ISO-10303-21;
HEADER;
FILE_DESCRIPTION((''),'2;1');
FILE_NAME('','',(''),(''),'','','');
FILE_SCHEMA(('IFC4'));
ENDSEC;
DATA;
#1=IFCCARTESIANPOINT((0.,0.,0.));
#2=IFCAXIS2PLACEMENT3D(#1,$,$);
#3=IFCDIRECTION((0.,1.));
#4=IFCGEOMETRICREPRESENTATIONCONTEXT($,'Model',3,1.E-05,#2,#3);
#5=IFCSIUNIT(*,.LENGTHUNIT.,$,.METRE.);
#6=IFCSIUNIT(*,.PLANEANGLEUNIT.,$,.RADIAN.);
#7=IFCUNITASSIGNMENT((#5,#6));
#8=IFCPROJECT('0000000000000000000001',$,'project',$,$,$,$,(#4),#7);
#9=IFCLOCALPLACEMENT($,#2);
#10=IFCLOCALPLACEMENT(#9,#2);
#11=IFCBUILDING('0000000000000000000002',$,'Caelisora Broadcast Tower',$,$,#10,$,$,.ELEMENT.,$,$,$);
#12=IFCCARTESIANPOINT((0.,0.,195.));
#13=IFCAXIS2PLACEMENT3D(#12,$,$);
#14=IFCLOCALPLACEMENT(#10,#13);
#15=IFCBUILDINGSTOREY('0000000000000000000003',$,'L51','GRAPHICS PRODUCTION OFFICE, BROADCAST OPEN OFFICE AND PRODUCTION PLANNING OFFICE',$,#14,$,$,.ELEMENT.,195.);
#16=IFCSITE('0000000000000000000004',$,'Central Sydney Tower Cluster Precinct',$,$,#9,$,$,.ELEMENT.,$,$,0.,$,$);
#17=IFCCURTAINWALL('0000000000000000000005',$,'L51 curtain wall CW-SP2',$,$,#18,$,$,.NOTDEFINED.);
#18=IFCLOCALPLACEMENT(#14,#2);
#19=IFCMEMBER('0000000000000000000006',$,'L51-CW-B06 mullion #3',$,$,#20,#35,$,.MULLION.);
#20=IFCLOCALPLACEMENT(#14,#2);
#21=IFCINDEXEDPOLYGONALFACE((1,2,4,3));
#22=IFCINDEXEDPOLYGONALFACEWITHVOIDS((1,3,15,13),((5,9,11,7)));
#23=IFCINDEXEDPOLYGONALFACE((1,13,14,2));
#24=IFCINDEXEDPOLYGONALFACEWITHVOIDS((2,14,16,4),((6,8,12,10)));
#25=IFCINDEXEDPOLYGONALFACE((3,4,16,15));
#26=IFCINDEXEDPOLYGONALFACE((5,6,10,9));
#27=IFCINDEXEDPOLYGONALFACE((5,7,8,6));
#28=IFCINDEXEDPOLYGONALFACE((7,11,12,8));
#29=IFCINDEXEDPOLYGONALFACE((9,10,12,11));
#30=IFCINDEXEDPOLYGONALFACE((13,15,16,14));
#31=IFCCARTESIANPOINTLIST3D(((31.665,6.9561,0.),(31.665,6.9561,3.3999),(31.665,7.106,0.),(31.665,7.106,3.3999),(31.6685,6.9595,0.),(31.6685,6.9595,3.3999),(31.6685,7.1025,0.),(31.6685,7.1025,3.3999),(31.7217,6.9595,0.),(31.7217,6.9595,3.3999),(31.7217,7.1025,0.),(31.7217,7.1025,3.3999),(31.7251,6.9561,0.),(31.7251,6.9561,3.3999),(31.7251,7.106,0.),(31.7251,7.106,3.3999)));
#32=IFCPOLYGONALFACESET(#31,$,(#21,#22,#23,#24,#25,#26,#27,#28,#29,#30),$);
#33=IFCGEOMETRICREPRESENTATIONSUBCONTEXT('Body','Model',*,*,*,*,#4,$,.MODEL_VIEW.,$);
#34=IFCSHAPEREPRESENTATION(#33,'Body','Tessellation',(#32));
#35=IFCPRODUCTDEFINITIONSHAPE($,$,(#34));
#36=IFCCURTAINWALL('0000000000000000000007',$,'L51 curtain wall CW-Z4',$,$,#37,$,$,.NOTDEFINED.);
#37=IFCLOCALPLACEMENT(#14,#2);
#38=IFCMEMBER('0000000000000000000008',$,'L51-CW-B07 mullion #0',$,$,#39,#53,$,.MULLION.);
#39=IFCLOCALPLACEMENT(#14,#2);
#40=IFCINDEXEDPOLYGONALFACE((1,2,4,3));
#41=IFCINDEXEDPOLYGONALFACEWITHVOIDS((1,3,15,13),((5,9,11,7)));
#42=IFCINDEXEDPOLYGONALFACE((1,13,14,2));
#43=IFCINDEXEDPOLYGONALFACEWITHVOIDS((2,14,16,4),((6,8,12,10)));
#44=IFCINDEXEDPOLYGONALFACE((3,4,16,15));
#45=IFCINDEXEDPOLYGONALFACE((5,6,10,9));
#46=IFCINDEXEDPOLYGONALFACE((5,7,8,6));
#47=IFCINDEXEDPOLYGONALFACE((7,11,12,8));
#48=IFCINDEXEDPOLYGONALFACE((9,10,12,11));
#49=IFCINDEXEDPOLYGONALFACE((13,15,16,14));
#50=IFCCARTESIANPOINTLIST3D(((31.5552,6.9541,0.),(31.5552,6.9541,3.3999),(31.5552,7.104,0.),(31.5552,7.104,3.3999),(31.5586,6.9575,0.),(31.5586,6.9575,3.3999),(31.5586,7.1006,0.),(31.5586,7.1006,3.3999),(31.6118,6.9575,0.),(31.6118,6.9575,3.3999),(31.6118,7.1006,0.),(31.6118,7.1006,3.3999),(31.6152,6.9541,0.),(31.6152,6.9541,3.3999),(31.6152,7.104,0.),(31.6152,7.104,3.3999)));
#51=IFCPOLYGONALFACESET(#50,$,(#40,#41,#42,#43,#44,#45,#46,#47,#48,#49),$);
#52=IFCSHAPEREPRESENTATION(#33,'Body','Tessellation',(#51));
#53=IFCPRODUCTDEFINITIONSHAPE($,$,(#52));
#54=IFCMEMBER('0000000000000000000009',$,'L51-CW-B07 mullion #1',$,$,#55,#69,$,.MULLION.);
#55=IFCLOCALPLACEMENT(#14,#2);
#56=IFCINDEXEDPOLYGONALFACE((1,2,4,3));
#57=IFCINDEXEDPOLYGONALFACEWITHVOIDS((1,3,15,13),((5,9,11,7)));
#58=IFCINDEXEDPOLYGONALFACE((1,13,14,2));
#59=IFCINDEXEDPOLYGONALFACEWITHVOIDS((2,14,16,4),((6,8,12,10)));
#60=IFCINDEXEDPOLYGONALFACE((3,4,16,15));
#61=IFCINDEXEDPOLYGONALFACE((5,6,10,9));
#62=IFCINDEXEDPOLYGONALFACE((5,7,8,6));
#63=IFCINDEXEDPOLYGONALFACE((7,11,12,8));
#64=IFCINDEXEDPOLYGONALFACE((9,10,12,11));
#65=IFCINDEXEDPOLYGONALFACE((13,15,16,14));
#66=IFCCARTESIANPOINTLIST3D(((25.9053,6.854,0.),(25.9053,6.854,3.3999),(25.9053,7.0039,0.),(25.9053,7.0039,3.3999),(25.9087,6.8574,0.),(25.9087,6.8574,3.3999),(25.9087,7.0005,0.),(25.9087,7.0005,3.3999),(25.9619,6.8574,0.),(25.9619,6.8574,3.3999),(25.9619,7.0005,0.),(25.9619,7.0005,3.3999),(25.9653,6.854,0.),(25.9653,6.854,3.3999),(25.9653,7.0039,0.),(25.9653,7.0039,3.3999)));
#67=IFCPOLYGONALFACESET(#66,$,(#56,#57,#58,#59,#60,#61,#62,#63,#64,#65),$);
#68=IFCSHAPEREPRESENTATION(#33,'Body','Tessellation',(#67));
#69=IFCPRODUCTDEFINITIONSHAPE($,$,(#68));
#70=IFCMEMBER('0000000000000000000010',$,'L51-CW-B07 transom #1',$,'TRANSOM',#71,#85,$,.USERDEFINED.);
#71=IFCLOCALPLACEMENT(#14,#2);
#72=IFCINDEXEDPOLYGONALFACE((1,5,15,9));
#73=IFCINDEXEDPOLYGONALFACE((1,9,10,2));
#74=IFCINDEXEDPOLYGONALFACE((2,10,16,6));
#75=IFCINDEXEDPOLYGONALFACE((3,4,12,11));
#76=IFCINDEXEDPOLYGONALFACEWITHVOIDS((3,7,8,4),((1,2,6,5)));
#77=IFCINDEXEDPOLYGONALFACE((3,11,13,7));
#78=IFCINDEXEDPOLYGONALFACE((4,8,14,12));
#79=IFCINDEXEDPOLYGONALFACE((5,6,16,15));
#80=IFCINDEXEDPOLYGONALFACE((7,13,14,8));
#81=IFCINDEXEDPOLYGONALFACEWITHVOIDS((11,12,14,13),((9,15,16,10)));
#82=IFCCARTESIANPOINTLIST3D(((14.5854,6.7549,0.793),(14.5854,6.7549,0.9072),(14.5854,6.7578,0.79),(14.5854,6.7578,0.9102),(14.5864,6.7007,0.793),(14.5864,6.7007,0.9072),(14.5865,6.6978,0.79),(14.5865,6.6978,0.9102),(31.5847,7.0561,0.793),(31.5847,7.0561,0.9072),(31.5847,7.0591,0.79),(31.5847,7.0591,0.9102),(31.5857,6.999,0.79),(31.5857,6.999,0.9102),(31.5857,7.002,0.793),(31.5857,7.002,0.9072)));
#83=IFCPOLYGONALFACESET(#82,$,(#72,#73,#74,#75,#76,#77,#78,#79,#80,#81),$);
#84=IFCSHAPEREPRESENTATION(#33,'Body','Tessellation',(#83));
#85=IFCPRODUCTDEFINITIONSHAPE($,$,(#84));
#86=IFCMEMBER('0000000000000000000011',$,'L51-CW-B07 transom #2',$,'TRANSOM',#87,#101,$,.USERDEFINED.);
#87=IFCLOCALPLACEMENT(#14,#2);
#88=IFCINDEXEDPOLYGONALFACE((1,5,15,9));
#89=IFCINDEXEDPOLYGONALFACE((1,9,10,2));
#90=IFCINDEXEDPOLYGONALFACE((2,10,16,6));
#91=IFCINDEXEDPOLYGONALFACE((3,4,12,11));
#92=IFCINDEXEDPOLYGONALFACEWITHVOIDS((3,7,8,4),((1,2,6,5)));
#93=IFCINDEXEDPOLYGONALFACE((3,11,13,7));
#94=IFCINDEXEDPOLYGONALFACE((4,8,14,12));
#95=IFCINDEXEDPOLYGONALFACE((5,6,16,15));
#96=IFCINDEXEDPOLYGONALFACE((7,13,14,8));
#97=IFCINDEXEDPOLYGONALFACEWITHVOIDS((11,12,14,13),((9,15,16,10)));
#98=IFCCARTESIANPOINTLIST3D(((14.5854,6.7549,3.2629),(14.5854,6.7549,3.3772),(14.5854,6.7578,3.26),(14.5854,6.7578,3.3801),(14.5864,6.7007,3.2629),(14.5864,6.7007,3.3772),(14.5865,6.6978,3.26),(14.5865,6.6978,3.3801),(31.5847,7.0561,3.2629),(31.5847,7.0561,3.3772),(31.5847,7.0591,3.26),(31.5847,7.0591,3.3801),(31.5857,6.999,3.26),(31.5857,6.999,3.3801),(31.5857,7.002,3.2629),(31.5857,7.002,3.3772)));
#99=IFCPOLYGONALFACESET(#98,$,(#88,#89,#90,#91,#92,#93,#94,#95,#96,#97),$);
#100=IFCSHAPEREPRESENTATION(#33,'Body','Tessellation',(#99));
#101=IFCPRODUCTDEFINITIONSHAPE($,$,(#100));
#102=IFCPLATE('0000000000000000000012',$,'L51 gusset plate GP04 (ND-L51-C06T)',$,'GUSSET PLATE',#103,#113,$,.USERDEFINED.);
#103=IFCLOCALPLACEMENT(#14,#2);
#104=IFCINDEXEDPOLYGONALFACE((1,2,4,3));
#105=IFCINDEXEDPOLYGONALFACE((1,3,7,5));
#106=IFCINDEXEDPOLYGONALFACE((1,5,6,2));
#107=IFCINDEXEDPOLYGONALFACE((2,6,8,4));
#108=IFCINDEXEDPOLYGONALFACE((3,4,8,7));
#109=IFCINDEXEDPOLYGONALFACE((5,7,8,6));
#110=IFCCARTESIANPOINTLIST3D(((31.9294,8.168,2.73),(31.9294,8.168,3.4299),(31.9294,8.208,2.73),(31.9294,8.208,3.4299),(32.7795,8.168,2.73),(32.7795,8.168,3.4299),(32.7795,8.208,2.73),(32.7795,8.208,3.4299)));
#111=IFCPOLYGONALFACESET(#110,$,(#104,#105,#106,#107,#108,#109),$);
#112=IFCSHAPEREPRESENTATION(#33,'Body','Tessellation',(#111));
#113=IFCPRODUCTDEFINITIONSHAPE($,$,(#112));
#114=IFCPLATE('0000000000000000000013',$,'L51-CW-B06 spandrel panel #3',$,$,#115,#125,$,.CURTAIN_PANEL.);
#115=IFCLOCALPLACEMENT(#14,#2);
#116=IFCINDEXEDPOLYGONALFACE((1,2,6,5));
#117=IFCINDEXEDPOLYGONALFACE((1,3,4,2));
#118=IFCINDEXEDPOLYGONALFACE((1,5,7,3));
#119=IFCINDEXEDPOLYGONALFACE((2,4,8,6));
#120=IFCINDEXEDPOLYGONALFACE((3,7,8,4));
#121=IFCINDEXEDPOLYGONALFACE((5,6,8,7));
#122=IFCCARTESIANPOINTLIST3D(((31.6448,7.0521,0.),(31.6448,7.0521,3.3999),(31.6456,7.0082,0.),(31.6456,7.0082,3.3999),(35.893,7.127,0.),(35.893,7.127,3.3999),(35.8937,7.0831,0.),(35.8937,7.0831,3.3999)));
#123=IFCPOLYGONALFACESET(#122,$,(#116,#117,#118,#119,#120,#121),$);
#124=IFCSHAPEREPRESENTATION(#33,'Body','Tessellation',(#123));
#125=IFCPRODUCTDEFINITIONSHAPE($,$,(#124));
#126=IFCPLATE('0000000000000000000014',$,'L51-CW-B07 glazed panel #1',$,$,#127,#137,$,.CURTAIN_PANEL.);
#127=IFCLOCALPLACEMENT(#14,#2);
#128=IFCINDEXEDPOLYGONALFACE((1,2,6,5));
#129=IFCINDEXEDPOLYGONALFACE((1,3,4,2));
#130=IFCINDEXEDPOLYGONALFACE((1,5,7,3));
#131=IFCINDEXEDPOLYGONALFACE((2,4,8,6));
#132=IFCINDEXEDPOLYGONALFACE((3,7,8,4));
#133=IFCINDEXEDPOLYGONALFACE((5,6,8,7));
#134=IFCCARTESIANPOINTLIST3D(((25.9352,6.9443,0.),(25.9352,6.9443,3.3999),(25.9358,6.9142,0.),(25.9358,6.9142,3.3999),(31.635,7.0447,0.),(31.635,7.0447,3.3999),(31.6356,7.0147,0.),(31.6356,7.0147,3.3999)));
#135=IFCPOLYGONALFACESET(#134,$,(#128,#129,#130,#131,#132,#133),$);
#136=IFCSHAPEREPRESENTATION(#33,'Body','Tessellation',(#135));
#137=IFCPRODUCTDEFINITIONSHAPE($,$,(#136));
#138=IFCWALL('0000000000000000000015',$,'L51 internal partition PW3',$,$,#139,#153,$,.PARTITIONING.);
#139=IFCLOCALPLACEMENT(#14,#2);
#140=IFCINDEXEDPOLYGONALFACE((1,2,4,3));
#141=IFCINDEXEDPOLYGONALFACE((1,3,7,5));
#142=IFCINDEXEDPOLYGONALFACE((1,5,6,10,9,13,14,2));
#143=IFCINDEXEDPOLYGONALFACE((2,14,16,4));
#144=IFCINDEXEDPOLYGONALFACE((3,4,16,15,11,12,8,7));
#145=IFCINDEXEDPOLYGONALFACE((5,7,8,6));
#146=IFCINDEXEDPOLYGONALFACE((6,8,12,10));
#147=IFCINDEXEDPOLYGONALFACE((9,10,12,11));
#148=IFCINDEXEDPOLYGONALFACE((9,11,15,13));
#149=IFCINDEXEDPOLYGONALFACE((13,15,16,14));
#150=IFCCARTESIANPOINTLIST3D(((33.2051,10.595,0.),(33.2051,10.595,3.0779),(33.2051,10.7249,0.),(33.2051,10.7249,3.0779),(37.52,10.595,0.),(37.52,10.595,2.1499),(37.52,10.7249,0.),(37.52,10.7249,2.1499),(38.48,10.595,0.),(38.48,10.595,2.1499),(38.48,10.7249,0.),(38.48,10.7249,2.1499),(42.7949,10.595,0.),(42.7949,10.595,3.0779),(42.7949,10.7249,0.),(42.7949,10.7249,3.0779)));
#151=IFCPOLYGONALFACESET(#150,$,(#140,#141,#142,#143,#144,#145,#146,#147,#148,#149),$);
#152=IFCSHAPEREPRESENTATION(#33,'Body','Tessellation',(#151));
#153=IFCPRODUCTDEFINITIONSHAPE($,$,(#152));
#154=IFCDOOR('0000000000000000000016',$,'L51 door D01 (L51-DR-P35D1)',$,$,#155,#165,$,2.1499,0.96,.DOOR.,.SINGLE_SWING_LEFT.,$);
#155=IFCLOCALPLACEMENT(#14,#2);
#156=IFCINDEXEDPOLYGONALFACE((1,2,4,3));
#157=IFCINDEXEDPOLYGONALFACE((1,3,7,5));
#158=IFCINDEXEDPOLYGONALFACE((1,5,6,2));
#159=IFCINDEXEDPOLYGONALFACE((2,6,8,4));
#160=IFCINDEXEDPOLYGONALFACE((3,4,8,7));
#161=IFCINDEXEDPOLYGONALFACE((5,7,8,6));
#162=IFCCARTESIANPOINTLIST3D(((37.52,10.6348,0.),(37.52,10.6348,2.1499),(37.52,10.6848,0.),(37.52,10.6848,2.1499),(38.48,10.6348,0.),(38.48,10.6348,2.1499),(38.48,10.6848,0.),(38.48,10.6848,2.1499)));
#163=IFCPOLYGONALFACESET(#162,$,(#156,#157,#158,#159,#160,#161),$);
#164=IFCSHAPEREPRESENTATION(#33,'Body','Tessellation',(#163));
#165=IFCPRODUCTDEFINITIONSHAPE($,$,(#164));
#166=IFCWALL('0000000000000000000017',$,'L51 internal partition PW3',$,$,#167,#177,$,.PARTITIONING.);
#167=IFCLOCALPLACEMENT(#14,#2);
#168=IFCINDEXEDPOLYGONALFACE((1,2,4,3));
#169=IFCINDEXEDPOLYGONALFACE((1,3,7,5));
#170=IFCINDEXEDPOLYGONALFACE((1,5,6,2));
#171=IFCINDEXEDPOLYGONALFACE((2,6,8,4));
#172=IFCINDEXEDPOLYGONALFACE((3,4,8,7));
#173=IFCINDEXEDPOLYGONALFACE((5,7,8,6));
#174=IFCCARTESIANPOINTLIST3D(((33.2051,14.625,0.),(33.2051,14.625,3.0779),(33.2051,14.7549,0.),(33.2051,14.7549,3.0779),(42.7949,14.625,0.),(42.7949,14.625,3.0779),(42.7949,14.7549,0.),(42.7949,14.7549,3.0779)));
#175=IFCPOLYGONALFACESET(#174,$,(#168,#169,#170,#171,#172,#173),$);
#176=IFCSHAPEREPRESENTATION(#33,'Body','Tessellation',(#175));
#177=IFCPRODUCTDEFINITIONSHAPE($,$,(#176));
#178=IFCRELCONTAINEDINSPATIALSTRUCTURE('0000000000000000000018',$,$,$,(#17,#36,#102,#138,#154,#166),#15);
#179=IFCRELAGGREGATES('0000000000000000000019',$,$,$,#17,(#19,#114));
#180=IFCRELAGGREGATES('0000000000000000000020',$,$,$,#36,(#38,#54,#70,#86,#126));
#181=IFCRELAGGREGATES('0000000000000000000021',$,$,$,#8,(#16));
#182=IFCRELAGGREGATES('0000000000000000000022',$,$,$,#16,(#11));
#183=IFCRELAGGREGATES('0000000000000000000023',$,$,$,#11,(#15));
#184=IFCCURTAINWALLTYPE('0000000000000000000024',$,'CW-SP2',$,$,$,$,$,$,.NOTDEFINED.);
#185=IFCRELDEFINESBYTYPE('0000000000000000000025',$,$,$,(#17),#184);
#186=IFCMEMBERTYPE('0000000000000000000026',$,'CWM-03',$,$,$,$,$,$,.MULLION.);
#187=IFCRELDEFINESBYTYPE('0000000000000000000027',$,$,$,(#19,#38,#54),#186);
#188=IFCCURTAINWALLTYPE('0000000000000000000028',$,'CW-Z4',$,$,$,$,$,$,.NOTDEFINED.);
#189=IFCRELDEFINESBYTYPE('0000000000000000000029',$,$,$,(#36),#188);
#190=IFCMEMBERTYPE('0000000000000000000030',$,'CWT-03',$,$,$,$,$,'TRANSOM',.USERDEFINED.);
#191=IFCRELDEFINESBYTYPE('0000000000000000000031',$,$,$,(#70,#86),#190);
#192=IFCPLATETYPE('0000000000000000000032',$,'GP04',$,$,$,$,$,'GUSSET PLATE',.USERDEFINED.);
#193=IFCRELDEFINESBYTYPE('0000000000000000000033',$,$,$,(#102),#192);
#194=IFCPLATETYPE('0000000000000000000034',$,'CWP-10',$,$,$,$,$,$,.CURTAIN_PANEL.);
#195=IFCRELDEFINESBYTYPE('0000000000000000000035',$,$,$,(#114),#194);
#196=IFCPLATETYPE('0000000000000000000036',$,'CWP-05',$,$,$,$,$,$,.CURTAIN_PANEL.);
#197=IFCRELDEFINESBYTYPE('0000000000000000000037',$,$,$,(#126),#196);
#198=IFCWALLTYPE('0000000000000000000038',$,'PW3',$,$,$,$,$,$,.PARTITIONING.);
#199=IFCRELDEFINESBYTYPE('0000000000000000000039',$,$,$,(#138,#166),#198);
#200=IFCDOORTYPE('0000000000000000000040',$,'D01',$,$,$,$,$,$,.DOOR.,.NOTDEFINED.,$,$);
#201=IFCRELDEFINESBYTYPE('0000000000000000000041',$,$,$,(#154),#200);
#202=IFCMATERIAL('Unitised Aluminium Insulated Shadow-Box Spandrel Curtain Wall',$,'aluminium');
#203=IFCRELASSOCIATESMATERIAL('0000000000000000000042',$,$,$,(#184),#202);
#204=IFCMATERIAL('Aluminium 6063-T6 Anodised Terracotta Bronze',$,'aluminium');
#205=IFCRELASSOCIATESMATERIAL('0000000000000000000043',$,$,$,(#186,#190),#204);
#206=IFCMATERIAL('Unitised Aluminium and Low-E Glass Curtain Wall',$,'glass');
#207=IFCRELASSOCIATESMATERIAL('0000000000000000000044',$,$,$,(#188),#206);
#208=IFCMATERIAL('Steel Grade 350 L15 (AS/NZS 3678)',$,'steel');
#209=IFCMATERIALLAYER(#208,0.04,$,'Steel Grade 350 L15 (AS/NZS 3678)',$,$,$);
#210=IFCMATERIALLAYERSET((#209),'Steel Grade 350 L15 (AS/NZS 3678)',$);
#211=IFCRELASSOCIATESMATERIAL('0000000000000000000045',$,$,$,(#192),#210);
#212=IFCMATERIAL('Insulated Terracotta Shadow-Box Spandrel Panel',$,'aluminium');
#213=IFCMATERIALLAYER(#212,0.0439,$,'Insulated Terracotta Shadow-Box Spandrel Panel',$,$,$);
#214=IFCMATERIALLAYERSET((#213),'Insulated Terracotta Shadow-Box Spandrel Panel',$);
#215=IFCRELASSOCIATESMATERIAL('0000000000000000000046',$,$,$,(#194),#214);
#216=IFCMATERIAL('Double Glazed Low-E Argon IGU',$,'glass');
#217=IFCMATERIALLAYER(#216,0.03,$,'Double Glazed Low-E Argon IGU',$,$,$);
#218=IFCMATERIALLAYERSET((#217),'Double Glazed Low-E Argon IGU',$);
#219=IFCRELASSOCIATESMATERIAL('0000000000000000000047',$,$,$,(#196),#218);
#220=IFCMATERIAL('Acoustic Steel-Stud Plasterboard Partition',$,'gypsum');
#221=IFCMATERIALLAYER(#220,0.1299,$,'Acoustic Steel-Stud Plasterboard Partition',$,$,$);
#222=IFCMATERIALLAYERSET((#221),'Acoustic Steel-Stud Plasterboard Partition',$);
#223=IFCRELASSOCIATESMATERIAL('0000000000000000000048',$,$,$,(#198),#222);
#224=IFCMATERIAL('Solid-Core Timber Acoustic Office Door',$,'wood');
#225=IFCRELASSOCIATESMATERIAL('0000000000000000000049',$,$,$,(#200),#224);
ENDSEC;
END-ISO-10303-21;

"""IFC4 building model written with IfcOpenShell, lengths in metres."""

from ifc_helpers import new_model, si_unit, direction, frame, frame_2d, origin, origin_2d, place, context, subcontext, project, spatial, rectangle, hollow_rectangle, extrude, source, transform, mapped, material, layer, layer_set, material_profile, profile_set, type_object, type_shapes, element, fill, aggregate, save


model = new_model("IFC4")

# Units and contexts
model_context = context("Model", 3, precision=1e-05, world=origin(), true_north=direction((0.0, 1.0)))
body_context = subcontext(model_context, "Body", "Model", "MODEL_VIEW")
ifc_project = project(units=[si_unit("LENGTHUNIT", "METRE"), si_unit("PLANEANGLEUNIT", "RADIAN")], contexts=[model_context])

# Site, building, storey
site_placement = place(None, origin())
site = spatial("IfcSite", under=ifc_project, at=site_placement, Name="Central Sydney Tower Cluster Precinct", CompositionType="ELEMENT", RefElevation=0.0)
building_placement = place(site_placement, origin())
building = spatial("IfcBuilding", under=site, at=building_placement, Name="Caelisora Broadcast Tower", CompositionType="ELEMENT")
storey_placement = place(building_placement, frame((0.0, 0.0, 195.0)))
storey = spatial("IfcBuildingStorey", under=building, at=storey_placement, Name="L51", Description="GRAPHICS PRODUCTION OFFICE, BROADCAST OPEN OFFICE AND PRODUCTION PLANNING OFFICE", CompositionType="ELEMENT", Elevation=195.0)

# Shared definitions
ifc_material_1 = material(Name="Steel Grade 350 L15 (AS/NZS 3678)", Category="steel")

# Curtain wall, member
ifc_material_2 = material(Name="Unitised Aluminium Insulated Shadow-Box Spandrel Curtain Wall", Category="aluminium")
curtain_wall_type_1 = type_object("IfcCurtainWallType", Name="CW-SP2", PredefinedType="NOTDEFINED", material=ifc_material_2)
curtain_wall_1_placement = place(storey_placement, origin())
curtain_wall_1 = element("IfcCurtainWall", 1, at=curtain_wall_1_placement, inside=storey, type_object=curtain_wall_type_1, Name="L51 curtain wall CW-SP2", PredefinedType="NOTDEFINED")
ifc_material_3 = material(Name="Aluminium 6063-T6 Anodised Terracotta Bronze", Category="aluminium")
ifc_material_profile_1 = material_profile(ifc_material_3, hollow_rectangle(XDim=0.0601, YDim=0.1499, WallThickness=0.0034, at=origin_2d()), Name="Aluminium 6063-T6 Anodised Terracotta Bronze")
ifc_profile_set_1 = profile_set([ifc_material_profile_1], Name="Aluminium 6063-T6 Anodised Terracotta Bronze")
member_type_1 = type_object("IfcMemberType", Name="CWM-03", PredefinedType="MULLION", material=ifc_profile_set_1)
shared_shape_1 = source(origin(), body_context, "Body", "SweptSolid", [
    extrude(hollow_rectangle(XDim=0.0601, YDim=0.1499, WallThickness=0.0034, at=origin_2d()), origin(), (0.0, 0.0, 1.0), 3.3999),
])
type_shapes(member_type_1, [shared_shape_1])
member_1_placement = place(storey_placement, frame((31.6951, 7.031, 0.0), z_axis=(0.0, 0.0, 1.0), x_axis=(1.0, 0.0, 0.0)))
member_1 = element("IfcMember", 2, at=member_1_placement, type_object=member_type_1, Name="L51-CW-B06 mullion #3", PredefinedType="MULLION", context=body_context, shape_type="MappedRepresentation", body=[
    mapped(shared_shape_1, transform((0.0, 0.0, 0.0), scale=1.0)),
])

# Curtain wall, members
ifc_material_4 = material(Name="Unitised Aluminium and Low-E Glass Curtain Wall", Category="glass")
curtain_wall_type_2 = type_object("IfcCurtainWallType", Name="CW-Z4", PredefinedType="NOTDEFINED", material=ifc_material_4)
curtain_wall_2_placement = place(storey_placement, origin())
curtain_wall_2 = element("IfcCurtainWall", 3, at=curtain_wall_2_placement, inside=storey, type_object=curtain_wall_type_2, Name="L51 curtain wall CW-Z4", PredefinedType="NOTDEFINED")
member_2_placement = place(storey_placement, frame((31.5852, 7.0291, 0.0), z_axis=(0.0, 0.0, 1.0), x_axis=(1.0, 0.0, 0.0)))
member_2 = element("IfcMember", 4, at=member_2_placement, type_object=member_type_1, Name="L51-CW-B07 mullion #0", PredefinedType="MULLION", context=body_context, shape_type="MappedRepresentation", body=[
    mapped(shared_shape_1, transform((0.0, 0.0, 0.0), scale=1.0)),
])
member_3_placement = place(storey_placement, frame((25.9353, 6.929, 0.0), z_axis=(0.0, 0.0, 1.0), x_axis=(1.0, 0.0, 0.0)))
member_3 = element("IfcMember", 5, at=member_3_placement, type_object=member_type_1, Name="L51-CW-B07 mullion #1", PredefinedType="MULLION", context=body_context, shape_type="MappedRepresentation", body=[
    mapped(shared_shape_1, transform((0.0, 0.0, 0.0), scale=1.0)),
])
ifc_material_profile_2 = material_profile(ifc_material_3, hollow_rectangle(XDim=0.0601, YDim=0.1201, WallThickness=0.0029, at=origin_2d()), Name="Aluminium 6063-T6 Anodised Terracotta Bronze")
ifc_profile_set_2 = profile_set([ifc_material_profile_2], Name="Aluminium 6063-T6 Anodised Terracotta Bronze")
member_type_2 = type_object("IfcMemberType", Name="CWT-03", ElementType="TRANSOM", PredefinedType="USERDEFINED", material=ifc_profile_set_2)
shared_shape_2 = source(origin(), body_context, "Body", "SweptSolid", [
    extrude(hollow_rectangle(XDim=0.0601, YDim=0.1201, WallThickness=0.0029, at=origin_2d()), origin(), (0.0, 0.0, 1.0), 17.002),
])
type_shapes(member_type_2, [shared_shape_2])
member_4_placement = place(storey_placement, frame((31.5852, 7.0291, 0.8501), z_axis=(-0.999843, -0.01772, 0.0), x_axis=(0.01772, -0.999843, 0.0)))
member_4 = element("IfcMember", 6, at=member_4_placement, type_object=member_type_2, Name="L51-CW-B07 transom #1", ObjectType="TRANSOM", PredefinedType="USERDEFINED", context=body_context, shape_type="MappedRepresentation", body=[
    mapped(shared_shape_2, transform((0.0, 0.0, 0.0), scale=1.0)),
])
member_5_placement = place(storey_placement, frame((31.5852, 7.0291, 3.3201), z_axis=(-0.999843, -0.01772, 0.0), x_axis=(0.01772, -0.999843, 0.0)))
member_5 = element("IfcMember", 7, at=member_5_placement, type_object=member_type_2, Name="L51-CW-B07 transom #2", ObjectType="TRANSOM", PredefinedType="USERDEFINED", context=body_context, shape_type="MappedRepresentation", body=[
    mapped(shared_shape_2, transform((0.0, 0.0, 0.0), scale=1.0)),
])

# Plates
ifc_layer_1 = layer(ifc_material_1, 0.04, Name="Steel Grade 350 L15 (AS/NZS 3678)")
ifc_layer_set_1 = layer_set([ifc_layer_1], Name="Steel Grade 350 L15 (AS/NZS 3678)")
plate_type_1 = type_object("IfcPlateType", Name="GP04", ElementType="GUSSET PLATE", PredefinedType="USERDEFINED", material=ifc_layer_set_1)
shared_shape_3 = source(origin(), body_context, "Body", "SweptSolid", [
    extrude(rectangle(XDim=0.8501, YDim=0.04, at=origin_2d()), origin(), (0.0, 0.0, 1.0), 0.7),
])
type_shapes(plate_type_1, [shared_shape_3])
plate_1_placement = place(storey_placement, frame((32.3545, 8.188, 2.73), z_axis=(0.0, 0.0, 1.0), x_axis=(1.0, 0.0, 0.0)))
element("IfcPlate", 8, at=plate_1_placement, inside=storey, type_object=plate_type_1, Name="L51 gusset plate GP04 (ND-L51-C06T)", ObjectType="GUSSET PLATE", PredefinedType="USERDEFINED", context=body_context, shape_type="MappedRepresentation", body=[
    mapped(shared_shape_3, transform((0.0, 0.0, 0.0), scale=1.0)),
])
ifc_material_5 = material(Name="Insulated Terracotta Shadow-Box Spandrel Panel", Category="aluminium")
ifc_layer_2 = layer(ifc_material_5, 0.0439, Name="Insulated Terracotta Shadow-Box Spandrel Panel")
ifc_layer_set_2 = layer_set([ifc_layer_2], Name="Insulated Terracotta Shadow-Box Spandrel Panel")
plate_type_2 = type_object("IfcPlateType", Name="CWP-10", PredefinedType="CURTAIN_PANEL", material=ifc_layer_set_2)
shared_shape_4 = source(origin(), body_context, "Body", "SweptSolid", [
    extrude(rectangle(XDim=4.2488, YDim=0.0439, at=origin_2d()), origin(), (0.0, 0.0, 1.0), 3.3999),
])
type_shapes(plate_type_2, [shared_shape_4])
plate_2_placement = place(storey_placement, frame((33.7693, 7.0676, 0.0), z_axis=(0.0, 0.0, 1.0), x_axis=(-0.999845, -0.017627, 0.0)))
plate_2 = element("IfcPlate", 9, at=plate_2_placement, type_object=plate_type_2, Name="L51-CW-B06 spandrel panel #3", PredefinedType="CURTAIN_PANEL", context=body_context, shape_type="MappedRepresentation", body=[
    mapped(shared_shape_4, transform((0.0, 0.0, 0.0), scale=1.0)),
])
aggregate(curtain_wall_1, [member_1, plate_2])
ifc_material_6 = material(Name="Double Glazed Low-E Argon IGU", Category="glass")
ifc_layer_3 = layer(ifc_material_6, 0.03, Name="Double Glazed Low-E Argon IGU")
ifc_layer_set_3 = layer_set([ifc_layer_3], Name="Double Glazed Low-E Argon IGU")
plate_type_3 = type_object("IfcPlateType", Name="CWP-05", PredefinedType="CURTAIN_PANEL", material=ifc_layer_set_3)
shared_shape_5 = source(origin(), body_context, "Body", "SweptSolid", [
    extrude(rectangle(XDim=5.7007, YDim=0.03, at=origin_2d()), origin(), (0.0, 0.0, 1.0), 3.3999),
])
type_shapes(plate_type_3, [shared_shape_5])
plate_3_placement = place(storey_placement, frame((28.7854, 6.9795, 0.0), z_axis=(0.0, 0.0, 1.0), x_axis=(-0.999845, -0.017627, 0.0)))
plate_3 = element("IfcPlate", 10, at=plate_3_placement, type_object=plate_type_3, Name="L51-CW-B07 glazed panel #1", PredefinedType="CURTAIN_PANEL", context=body_context, shape_type="MappedRepresentation", body=[
    mapped(shared_shape_5, transform((0.0, 0.0, 0.0), scale=1.0)),
])
aggregate(curtain_wall_2, [member_2, member_3, member_4, member_5, plate_3])

# Wall, opening, door
ifc_material_7 = material(Name="Acoustic Steel-Stud Plasterboard Partition", Category="gypsum")
ifc_layer_4 = layer(ifc_material_7, 0.1299, Name="Acoustic Steel-Stud Plasterboard Partition")
ifc_layer_set_4 = layer_set([ifc_layer_4], Name="Acoustic Steel-Stud Plasterboard Partition")
wall_type = type_object("IfcWallType", Name="PW3", PredefinedType="PARTITIONING", material=ifc_layer_set_4)
wall_1_placement = place(storey_placement, frame((33.2051, 10.6599, 0.0), z_axis=(0.0, 0.0, 1.0), x_axis=(1.0, 0.0, 0.0)))
wall_1 = element("IfcWall", 11, at=wall_1_placement, inside=storey, type_object=wall_type, Name="L51 internal partition PW3", PredefinedType="PARTITIONING", context=body_context, shape_type="SweptSolid", body=[
    extrude(rectangle(XDim=9.5898, YDim=0.1299, at=frame_2d((4.7949, 0.0))), origin(), (0.0, 0.0, 1.0), 3.0779),
])
opening_1_placement = place(wall_1_placement, frame((4.3149, 0.0, 0.0)))
opening_1 = element("IfcOpeningElement", 12, at=opening_1_placement, cuts=wall_1, PredefinedType="OPENING", context=body_context, shape_type="SweptSolid", body=[
    extrude(rectangle(XDim=0.96, YDim=2.1499, at=frame_2d((0.48, 1.075))), frame((0.0, 0.0769, 0.0), z_axis=(0.0, -1.0, 0.0), x_axis=(1.0, 0.0, 0.0)), (0.0, 0.0, 1.0), 0.1538),
])
ifc_material_8 = material(Name="Solid-Core Timber Acoustic Office Door", Category="wood")
door_type = type_object("IfcDoorType", Name="D01", OperationType="NOTDEFINED", PredefinedType="DOOR", material=ifc_material_8)
door_1_placement = place(opening_1_placement, origin())
door_1 = element("IfcDoor", 13, at=door_1_placement, inside=storey, type_object=door_type, Name="L51 door D01 (L51-DR-P35D1)", OperationType="SINGLE_SWING_LEFT", OverallHeight=2.1499, OverallWidth=0.96, PredefinedType="DOOR", context=body_context, shape_type="SweptSolid", body=[
    extrude(rectangle(XDim=0.96, YDim=2.1499, at=frame_2d((0.48, 1.075))), frame((0.0, 0.0249, 0.0), z_axis=(0.0, -1.0, 0.0), x_axis=(1.0, 0.0, 0.0)), (0.0, 0.0, 1.0), 0.05),
])
fill(opening_1, door_1)

# Wall
wall_2_placement = place(storey_placement, frame((33.2051, 14.6899, 0.0), z_axis=(0.0, 0.0, 1.0), x_axis=(1.0, 0.0, 0.0)))
element("IfcWall", 14, at=wall_2_placement, inside=storey, type_object=wall_type, Name="L51 internal partition PW3", PredefinedType="PARTITIONING", context=body_context, shape_type="SweptSolid", body=[
    extrude(rectangle(XDim=9.5898, YDim=0.1299, at=frame_2d((4.7949, 0.0))), origin(), (0.0, 0.0, 1.0), 3.0779),
])

save(model, "model.ifc")
